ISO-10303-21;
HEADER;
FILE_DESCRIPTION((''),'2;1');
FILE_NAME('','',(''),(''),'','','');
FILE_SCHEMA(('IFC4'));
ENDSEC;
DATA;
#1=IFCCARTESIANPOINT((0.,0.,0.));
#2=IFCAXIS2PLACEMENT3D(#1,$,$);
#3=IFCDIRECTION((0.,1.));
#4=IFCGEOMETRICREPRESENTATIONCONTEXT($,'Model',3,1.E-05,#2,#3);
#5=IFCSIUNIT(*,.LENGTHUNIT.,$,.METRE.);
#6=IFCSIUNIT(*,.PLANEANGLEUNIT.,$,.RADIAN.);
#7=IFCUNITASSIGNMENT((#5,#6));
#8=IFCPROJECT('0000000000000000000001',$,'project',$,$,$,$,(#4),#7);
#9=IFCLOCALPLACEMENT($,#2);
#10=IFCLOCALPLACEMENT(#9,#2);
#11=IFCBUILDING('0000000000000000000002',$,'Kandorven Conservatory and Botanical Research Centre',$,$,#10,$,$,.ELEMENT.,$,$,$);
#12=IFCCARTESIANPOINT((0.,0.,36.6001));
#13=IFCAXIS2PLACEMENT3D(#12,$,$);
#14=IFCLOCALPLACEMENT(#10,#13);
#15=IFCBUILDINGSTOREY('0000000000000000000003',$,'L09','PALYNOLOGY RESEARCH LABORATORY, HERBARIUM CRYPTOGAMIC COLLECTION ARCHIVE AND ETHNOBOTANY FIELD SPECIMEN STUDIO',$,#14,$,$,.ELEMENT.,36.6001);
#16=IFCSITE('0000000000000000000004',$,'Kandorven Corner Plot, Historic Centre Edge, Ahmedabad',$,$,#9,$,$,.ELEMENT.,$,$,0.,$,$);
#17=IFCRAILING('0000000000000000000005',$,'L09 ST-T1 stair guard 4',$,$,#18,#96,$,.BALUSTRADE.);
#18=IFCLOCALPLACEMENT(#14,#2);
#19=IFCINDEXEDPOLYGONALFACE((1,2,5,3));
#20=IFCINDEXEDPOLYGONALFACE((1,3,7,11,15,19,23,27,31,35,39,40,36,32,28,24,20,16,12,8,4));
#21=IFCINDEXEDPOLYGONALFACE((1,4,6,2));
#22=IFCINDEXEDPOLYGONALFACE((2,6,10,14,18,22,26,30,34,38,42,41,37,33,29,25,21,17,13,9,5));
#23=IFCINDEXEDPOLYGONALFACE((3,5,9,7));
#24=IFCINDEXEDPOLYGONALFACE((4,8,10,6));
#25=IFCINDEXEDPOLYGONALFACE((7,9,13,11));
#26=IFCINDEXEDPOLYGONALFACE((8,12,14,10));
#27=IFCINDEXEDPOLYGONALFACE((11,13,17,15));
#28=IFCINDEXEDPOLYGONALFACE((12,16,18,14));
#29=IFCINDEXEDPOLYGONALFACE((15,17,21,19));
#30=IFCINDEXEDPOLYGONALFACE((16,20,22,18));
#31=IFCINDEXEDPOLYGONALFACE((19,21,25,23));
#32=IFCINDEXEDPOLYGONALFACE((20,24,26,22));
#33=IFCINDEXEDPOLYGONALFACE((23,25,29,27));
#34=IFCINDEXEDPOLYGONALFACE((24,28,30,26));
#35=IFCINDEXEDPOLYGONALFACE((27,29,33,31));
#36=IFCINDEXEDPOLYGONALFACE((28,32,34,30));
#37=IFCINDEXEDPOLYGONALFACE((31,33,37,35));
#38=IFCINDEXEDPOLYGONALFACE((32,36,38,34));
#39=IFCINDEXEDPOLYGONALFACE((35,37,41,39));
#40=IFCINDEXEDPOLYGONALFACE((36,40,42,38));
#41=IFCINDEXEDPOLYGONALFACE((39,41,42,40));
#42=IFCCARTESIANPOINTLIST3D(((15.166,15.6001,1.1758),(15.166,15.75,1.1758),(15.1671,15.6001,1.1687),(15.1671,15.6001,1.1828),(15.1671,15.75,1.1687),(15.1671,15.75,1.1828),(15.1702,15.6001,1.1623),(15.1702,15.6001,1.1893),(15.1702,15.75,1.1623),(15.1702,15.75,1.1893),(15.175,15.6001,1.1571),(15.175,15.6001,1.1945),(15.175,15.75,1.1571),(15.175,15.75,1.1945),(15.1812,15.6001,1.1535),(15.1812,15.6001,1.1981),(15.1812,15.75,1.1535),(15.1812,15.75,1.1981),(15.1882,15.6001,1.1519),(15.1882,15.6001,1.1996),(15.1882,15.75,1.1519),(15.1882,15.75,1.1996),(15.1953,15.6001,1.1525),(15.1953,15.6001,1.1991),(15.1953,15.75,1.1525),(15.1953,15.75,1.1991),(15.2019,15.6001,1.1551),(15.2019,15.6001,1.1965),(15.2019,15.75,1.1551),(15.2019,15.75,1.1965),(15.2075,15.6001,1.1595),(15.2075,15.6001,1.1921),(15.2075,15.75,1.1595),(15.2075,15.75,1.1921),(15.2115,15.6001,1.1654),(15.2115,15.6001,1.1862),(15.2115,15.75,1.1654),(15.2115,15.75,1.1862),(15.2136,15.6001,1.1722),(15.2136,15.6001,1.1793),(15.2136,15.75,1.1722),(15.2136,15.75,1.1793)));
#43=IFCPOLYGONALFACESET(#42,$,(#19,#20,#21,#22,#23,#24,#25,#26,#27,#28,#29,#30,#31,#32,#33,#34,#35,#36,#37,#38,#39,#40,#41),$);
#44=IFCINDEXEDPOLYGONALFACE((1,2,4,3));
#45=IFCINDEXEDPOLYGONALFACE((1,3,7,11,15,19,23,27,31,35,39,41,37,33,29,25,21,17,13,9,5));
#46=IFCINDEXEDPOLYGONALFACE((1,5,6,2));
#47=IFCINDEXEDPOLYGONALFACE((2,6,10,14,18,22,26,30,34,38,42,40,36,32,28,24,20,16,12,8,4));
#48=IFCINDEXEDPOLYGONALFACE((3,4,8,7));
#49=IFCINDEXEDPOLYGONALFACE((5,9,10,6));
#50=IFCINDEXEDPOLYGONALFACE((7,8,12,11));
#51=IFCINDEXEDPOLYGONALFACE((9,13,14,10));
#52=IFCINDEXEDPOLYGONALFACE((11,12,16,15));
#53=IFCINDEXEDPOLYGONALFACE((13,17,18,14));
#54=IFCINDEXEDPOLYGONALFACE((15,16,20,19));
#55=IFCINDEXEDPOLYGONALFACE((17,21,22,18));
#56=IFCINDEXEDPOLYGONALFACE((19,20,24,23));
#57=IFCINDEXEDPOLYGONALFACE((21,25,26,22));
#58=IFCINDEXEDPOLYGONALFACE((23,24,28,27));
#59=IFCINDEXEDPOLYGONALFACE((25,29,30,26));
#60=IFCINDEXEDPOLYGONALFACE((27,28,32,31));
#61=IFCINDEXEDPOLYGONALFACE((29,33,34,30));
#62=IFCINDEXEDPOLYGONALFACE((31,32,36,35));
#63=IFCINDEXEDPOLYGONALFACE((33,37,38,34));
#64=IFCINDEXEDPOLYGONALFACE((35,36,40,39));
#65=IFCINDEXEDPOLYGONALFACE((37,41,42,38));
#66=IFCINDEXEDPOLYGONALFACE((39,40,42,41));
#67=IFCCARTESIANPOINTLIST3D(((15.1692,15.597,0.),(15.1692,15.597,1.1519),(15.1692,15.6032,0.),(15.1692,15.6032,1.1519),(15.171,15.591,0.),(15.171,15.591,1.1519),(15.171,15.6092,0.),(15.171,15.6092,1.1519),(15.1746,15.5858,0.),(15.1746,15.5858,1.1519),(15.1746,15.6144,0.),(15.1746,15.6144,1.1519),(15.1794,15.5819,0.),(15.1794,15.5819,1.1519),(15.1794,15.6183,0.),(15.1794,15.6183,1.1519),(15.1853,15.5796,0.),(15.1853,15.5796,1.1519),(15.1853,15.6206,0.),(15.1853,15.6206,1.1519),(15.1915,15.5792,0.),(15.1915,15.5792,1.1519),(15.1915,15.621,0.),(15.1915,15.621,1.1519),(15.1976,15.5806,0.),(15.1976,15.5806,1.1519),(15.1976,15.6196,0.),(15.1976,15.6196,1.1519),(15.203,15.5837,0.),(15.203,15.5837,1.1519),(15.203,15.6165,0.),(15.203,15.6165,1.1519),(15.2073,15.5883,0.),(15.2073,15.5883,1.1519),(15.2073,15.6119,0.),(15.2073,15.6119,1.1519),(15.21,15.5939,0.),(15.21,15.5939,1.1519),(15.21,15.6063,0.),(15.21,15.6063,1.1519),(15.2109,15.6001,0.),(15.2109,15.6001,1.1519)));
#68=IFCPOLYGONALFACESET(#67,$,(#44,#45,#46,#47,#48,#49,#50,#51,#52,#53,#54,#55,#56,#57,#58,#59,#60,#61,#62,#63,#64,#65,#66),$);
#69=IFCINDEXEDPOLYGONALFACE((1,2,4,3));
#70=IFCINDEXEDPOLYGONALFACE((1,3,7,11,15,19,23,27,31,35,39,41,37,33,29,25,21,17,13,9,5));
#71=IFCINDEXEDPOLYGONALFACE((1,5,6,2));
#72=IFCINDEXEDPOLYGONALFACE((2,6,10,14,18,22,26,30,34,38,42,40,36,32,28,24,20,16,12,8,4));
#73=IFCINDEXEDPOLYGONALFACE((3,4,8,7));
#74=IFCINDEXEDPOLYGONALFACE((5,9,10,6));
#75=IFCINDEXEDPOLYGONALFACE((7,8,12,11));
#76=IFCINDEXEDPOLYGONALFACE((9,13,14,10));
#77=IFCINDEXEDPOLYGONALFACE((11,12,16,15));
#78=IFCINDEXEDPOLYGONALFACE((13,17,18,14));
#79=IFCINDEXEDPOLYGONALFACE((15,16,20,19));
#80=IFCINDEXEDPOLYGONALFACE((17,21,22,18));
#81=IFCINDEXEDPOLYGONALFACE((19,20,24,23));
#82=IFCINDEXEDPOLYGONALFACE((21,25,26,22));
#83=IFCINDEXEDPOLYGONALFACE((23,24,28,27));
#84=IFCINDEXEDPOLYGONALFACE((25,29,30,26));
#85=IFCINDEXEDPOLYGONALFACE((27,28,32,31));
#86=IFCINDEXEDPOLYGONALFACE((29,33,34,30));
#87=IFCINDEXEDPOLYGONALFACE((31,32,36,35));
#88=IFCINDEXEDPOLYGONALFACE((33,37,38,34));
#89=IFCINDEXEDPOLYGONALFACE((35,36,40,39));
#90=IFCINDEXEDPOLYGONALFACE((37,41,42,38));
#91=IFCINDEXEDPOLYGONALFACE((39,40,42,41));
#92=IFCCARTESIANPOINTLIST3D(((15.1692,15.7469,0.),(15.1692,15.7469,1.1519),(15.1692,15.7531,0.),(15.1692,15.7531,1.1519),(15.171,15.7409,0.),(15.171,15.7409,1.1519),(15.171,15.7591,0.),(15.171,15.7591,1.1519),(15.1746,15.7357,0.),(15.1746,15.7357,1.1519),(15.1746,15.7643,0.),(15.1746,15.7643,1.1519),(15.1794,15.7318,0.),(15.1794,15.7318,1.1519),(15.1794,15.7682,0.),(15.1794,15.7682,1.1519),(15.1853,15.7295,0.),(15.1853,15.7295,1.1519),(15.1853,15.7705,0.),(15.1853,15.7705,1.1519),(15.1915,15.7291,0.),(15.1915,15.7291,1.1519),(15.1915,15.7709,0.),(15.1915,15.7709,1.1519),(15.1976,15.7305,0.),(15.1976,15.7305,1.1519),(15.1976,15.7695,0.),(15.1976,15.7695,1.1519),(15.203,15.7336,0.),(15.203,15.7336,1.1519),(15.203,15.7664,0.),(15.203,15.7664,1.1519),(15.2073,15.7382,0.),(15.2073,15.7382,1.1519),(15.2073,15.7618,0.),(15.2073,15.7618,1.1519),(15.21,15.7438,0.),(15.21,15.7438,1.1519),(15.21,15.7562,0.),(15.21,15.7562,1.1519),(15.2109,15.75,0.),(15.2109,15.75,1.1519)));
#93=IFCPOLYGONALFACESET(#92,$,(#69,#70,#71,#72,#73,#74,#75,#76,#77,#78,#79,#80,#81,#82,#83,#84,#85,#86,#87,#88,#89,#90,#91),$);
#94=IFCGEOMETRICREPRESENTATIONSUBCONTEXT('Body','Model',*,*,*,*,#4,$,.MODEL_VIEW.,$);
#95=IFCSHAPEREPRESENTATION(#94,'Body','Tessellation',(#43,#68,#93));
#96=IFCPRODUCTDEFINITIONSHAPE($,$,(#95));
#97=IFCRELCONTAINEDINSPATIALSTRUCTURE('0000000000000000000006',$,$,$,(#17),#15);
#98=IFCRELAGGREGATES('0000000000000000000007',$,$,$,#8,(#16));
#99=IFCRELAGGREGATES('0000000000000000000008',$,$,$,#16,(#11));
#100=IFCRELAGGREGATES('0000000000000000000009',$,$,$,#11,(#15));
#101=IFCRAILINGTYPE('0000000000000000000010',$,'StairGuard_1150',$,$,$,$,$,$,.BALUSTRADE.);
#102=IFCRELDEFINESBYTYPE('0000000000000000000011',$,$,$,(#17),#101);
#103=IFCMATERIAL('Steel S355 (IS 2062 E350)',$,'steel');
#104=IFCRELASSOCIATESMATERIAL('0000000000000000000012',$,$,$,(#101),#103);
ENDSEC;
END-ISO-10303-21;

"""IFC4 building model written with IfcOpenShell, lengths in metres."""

from ifc_helpers import new_model, si_unit, direction, frame, origin, origin_2d, place, context, subcontext, project, spatial, circle, extrude, material, type_object, element, save


model = new_model("IFC4")

# Units and contexts
model_context = context("Model", 3, precision=1e-05, world=origin(), true_north=direction((0.0, 1.0)))
body_context = subcontext(model_context, "Body", "Model", "MODEL_VIEW")
ifc_project = project(units=[si_unit("LENGTHUNIT", "METRE"), si_unit("PLANEANGLEUNIT", "RADIAN")], contexts=[model_context])

# Site, building, storey
site_placement = place(None, origin())
site = spatial("IfcSite", under=ifc_project, at=site_placement, Name="Kandorven Corner Plot, Historic Centre Edge, Ahmedabad", CompositionType="ELEMENT", RefElevation=0.0)
building_placement = place(site_placement, origin())
building = spatial("IfcBuilding", under=site, at=building_placement, Name="Kandorven Conservatory and Botanical Research Centre", CompositionType="ELEMENT")
storey_placement = place(building_placement, frame((0.0, 0.0, 36.6001)))
storey = spatial("IfcBuildingStorey", under=building, at=storey_placement, Name="L09", Description="PALYNOLOGY RESEARCH LABORATORY, HERBARIUM CRYPTOGAMIC COLLECTION ARCHIVE AND ETHNOBOTANY FIELD SPECIMEN STUDIO", CompositionType="ELEMENT", Elevation=36.6001)

# Railing
ifc_material_1 = material(Name="Steel S355 (IS 2062 E350)", Category="steel")
railing_type_1 = type_object("IfcRailingType", Name="StairGuard_1150", PredefinedType="BALUSTRADE", material=ifc_material_1)
railing_1_placement = place(storey_placement, frame((15.1899, 15.6001, 0.0)))
element("IfcRailing", 1, at=railing_1_placement, inside=storey, type_object=railing_type_1, Name="L09 ST-T1 stair guard 4", PredefinedType="BALUSTRADE", context=body_context, shape_type="SweptSolid", body=[
    extrude(circle(Radius=0.0239, at=origin_2d()), frame((0.0, 0.0, 1.1758), z_axis=(0.0, 1.0, 0.0), x_axis=(-1.0, 0.0, 0.0)), (0.0, 0.0, 1.0), 0.1499),
    extrude(circle(Radius=0.021, at=origin_2d()), origin(), (0.0, 0.0, 1.0), 1.1519),
    extrude(circle(Radius=0.021, at=origin_2d()), frame((0.0, 0.1499, 0.0)), (0.0, 0.0, 1.0), 1.1519),
])

save(model, "model.ifc")
